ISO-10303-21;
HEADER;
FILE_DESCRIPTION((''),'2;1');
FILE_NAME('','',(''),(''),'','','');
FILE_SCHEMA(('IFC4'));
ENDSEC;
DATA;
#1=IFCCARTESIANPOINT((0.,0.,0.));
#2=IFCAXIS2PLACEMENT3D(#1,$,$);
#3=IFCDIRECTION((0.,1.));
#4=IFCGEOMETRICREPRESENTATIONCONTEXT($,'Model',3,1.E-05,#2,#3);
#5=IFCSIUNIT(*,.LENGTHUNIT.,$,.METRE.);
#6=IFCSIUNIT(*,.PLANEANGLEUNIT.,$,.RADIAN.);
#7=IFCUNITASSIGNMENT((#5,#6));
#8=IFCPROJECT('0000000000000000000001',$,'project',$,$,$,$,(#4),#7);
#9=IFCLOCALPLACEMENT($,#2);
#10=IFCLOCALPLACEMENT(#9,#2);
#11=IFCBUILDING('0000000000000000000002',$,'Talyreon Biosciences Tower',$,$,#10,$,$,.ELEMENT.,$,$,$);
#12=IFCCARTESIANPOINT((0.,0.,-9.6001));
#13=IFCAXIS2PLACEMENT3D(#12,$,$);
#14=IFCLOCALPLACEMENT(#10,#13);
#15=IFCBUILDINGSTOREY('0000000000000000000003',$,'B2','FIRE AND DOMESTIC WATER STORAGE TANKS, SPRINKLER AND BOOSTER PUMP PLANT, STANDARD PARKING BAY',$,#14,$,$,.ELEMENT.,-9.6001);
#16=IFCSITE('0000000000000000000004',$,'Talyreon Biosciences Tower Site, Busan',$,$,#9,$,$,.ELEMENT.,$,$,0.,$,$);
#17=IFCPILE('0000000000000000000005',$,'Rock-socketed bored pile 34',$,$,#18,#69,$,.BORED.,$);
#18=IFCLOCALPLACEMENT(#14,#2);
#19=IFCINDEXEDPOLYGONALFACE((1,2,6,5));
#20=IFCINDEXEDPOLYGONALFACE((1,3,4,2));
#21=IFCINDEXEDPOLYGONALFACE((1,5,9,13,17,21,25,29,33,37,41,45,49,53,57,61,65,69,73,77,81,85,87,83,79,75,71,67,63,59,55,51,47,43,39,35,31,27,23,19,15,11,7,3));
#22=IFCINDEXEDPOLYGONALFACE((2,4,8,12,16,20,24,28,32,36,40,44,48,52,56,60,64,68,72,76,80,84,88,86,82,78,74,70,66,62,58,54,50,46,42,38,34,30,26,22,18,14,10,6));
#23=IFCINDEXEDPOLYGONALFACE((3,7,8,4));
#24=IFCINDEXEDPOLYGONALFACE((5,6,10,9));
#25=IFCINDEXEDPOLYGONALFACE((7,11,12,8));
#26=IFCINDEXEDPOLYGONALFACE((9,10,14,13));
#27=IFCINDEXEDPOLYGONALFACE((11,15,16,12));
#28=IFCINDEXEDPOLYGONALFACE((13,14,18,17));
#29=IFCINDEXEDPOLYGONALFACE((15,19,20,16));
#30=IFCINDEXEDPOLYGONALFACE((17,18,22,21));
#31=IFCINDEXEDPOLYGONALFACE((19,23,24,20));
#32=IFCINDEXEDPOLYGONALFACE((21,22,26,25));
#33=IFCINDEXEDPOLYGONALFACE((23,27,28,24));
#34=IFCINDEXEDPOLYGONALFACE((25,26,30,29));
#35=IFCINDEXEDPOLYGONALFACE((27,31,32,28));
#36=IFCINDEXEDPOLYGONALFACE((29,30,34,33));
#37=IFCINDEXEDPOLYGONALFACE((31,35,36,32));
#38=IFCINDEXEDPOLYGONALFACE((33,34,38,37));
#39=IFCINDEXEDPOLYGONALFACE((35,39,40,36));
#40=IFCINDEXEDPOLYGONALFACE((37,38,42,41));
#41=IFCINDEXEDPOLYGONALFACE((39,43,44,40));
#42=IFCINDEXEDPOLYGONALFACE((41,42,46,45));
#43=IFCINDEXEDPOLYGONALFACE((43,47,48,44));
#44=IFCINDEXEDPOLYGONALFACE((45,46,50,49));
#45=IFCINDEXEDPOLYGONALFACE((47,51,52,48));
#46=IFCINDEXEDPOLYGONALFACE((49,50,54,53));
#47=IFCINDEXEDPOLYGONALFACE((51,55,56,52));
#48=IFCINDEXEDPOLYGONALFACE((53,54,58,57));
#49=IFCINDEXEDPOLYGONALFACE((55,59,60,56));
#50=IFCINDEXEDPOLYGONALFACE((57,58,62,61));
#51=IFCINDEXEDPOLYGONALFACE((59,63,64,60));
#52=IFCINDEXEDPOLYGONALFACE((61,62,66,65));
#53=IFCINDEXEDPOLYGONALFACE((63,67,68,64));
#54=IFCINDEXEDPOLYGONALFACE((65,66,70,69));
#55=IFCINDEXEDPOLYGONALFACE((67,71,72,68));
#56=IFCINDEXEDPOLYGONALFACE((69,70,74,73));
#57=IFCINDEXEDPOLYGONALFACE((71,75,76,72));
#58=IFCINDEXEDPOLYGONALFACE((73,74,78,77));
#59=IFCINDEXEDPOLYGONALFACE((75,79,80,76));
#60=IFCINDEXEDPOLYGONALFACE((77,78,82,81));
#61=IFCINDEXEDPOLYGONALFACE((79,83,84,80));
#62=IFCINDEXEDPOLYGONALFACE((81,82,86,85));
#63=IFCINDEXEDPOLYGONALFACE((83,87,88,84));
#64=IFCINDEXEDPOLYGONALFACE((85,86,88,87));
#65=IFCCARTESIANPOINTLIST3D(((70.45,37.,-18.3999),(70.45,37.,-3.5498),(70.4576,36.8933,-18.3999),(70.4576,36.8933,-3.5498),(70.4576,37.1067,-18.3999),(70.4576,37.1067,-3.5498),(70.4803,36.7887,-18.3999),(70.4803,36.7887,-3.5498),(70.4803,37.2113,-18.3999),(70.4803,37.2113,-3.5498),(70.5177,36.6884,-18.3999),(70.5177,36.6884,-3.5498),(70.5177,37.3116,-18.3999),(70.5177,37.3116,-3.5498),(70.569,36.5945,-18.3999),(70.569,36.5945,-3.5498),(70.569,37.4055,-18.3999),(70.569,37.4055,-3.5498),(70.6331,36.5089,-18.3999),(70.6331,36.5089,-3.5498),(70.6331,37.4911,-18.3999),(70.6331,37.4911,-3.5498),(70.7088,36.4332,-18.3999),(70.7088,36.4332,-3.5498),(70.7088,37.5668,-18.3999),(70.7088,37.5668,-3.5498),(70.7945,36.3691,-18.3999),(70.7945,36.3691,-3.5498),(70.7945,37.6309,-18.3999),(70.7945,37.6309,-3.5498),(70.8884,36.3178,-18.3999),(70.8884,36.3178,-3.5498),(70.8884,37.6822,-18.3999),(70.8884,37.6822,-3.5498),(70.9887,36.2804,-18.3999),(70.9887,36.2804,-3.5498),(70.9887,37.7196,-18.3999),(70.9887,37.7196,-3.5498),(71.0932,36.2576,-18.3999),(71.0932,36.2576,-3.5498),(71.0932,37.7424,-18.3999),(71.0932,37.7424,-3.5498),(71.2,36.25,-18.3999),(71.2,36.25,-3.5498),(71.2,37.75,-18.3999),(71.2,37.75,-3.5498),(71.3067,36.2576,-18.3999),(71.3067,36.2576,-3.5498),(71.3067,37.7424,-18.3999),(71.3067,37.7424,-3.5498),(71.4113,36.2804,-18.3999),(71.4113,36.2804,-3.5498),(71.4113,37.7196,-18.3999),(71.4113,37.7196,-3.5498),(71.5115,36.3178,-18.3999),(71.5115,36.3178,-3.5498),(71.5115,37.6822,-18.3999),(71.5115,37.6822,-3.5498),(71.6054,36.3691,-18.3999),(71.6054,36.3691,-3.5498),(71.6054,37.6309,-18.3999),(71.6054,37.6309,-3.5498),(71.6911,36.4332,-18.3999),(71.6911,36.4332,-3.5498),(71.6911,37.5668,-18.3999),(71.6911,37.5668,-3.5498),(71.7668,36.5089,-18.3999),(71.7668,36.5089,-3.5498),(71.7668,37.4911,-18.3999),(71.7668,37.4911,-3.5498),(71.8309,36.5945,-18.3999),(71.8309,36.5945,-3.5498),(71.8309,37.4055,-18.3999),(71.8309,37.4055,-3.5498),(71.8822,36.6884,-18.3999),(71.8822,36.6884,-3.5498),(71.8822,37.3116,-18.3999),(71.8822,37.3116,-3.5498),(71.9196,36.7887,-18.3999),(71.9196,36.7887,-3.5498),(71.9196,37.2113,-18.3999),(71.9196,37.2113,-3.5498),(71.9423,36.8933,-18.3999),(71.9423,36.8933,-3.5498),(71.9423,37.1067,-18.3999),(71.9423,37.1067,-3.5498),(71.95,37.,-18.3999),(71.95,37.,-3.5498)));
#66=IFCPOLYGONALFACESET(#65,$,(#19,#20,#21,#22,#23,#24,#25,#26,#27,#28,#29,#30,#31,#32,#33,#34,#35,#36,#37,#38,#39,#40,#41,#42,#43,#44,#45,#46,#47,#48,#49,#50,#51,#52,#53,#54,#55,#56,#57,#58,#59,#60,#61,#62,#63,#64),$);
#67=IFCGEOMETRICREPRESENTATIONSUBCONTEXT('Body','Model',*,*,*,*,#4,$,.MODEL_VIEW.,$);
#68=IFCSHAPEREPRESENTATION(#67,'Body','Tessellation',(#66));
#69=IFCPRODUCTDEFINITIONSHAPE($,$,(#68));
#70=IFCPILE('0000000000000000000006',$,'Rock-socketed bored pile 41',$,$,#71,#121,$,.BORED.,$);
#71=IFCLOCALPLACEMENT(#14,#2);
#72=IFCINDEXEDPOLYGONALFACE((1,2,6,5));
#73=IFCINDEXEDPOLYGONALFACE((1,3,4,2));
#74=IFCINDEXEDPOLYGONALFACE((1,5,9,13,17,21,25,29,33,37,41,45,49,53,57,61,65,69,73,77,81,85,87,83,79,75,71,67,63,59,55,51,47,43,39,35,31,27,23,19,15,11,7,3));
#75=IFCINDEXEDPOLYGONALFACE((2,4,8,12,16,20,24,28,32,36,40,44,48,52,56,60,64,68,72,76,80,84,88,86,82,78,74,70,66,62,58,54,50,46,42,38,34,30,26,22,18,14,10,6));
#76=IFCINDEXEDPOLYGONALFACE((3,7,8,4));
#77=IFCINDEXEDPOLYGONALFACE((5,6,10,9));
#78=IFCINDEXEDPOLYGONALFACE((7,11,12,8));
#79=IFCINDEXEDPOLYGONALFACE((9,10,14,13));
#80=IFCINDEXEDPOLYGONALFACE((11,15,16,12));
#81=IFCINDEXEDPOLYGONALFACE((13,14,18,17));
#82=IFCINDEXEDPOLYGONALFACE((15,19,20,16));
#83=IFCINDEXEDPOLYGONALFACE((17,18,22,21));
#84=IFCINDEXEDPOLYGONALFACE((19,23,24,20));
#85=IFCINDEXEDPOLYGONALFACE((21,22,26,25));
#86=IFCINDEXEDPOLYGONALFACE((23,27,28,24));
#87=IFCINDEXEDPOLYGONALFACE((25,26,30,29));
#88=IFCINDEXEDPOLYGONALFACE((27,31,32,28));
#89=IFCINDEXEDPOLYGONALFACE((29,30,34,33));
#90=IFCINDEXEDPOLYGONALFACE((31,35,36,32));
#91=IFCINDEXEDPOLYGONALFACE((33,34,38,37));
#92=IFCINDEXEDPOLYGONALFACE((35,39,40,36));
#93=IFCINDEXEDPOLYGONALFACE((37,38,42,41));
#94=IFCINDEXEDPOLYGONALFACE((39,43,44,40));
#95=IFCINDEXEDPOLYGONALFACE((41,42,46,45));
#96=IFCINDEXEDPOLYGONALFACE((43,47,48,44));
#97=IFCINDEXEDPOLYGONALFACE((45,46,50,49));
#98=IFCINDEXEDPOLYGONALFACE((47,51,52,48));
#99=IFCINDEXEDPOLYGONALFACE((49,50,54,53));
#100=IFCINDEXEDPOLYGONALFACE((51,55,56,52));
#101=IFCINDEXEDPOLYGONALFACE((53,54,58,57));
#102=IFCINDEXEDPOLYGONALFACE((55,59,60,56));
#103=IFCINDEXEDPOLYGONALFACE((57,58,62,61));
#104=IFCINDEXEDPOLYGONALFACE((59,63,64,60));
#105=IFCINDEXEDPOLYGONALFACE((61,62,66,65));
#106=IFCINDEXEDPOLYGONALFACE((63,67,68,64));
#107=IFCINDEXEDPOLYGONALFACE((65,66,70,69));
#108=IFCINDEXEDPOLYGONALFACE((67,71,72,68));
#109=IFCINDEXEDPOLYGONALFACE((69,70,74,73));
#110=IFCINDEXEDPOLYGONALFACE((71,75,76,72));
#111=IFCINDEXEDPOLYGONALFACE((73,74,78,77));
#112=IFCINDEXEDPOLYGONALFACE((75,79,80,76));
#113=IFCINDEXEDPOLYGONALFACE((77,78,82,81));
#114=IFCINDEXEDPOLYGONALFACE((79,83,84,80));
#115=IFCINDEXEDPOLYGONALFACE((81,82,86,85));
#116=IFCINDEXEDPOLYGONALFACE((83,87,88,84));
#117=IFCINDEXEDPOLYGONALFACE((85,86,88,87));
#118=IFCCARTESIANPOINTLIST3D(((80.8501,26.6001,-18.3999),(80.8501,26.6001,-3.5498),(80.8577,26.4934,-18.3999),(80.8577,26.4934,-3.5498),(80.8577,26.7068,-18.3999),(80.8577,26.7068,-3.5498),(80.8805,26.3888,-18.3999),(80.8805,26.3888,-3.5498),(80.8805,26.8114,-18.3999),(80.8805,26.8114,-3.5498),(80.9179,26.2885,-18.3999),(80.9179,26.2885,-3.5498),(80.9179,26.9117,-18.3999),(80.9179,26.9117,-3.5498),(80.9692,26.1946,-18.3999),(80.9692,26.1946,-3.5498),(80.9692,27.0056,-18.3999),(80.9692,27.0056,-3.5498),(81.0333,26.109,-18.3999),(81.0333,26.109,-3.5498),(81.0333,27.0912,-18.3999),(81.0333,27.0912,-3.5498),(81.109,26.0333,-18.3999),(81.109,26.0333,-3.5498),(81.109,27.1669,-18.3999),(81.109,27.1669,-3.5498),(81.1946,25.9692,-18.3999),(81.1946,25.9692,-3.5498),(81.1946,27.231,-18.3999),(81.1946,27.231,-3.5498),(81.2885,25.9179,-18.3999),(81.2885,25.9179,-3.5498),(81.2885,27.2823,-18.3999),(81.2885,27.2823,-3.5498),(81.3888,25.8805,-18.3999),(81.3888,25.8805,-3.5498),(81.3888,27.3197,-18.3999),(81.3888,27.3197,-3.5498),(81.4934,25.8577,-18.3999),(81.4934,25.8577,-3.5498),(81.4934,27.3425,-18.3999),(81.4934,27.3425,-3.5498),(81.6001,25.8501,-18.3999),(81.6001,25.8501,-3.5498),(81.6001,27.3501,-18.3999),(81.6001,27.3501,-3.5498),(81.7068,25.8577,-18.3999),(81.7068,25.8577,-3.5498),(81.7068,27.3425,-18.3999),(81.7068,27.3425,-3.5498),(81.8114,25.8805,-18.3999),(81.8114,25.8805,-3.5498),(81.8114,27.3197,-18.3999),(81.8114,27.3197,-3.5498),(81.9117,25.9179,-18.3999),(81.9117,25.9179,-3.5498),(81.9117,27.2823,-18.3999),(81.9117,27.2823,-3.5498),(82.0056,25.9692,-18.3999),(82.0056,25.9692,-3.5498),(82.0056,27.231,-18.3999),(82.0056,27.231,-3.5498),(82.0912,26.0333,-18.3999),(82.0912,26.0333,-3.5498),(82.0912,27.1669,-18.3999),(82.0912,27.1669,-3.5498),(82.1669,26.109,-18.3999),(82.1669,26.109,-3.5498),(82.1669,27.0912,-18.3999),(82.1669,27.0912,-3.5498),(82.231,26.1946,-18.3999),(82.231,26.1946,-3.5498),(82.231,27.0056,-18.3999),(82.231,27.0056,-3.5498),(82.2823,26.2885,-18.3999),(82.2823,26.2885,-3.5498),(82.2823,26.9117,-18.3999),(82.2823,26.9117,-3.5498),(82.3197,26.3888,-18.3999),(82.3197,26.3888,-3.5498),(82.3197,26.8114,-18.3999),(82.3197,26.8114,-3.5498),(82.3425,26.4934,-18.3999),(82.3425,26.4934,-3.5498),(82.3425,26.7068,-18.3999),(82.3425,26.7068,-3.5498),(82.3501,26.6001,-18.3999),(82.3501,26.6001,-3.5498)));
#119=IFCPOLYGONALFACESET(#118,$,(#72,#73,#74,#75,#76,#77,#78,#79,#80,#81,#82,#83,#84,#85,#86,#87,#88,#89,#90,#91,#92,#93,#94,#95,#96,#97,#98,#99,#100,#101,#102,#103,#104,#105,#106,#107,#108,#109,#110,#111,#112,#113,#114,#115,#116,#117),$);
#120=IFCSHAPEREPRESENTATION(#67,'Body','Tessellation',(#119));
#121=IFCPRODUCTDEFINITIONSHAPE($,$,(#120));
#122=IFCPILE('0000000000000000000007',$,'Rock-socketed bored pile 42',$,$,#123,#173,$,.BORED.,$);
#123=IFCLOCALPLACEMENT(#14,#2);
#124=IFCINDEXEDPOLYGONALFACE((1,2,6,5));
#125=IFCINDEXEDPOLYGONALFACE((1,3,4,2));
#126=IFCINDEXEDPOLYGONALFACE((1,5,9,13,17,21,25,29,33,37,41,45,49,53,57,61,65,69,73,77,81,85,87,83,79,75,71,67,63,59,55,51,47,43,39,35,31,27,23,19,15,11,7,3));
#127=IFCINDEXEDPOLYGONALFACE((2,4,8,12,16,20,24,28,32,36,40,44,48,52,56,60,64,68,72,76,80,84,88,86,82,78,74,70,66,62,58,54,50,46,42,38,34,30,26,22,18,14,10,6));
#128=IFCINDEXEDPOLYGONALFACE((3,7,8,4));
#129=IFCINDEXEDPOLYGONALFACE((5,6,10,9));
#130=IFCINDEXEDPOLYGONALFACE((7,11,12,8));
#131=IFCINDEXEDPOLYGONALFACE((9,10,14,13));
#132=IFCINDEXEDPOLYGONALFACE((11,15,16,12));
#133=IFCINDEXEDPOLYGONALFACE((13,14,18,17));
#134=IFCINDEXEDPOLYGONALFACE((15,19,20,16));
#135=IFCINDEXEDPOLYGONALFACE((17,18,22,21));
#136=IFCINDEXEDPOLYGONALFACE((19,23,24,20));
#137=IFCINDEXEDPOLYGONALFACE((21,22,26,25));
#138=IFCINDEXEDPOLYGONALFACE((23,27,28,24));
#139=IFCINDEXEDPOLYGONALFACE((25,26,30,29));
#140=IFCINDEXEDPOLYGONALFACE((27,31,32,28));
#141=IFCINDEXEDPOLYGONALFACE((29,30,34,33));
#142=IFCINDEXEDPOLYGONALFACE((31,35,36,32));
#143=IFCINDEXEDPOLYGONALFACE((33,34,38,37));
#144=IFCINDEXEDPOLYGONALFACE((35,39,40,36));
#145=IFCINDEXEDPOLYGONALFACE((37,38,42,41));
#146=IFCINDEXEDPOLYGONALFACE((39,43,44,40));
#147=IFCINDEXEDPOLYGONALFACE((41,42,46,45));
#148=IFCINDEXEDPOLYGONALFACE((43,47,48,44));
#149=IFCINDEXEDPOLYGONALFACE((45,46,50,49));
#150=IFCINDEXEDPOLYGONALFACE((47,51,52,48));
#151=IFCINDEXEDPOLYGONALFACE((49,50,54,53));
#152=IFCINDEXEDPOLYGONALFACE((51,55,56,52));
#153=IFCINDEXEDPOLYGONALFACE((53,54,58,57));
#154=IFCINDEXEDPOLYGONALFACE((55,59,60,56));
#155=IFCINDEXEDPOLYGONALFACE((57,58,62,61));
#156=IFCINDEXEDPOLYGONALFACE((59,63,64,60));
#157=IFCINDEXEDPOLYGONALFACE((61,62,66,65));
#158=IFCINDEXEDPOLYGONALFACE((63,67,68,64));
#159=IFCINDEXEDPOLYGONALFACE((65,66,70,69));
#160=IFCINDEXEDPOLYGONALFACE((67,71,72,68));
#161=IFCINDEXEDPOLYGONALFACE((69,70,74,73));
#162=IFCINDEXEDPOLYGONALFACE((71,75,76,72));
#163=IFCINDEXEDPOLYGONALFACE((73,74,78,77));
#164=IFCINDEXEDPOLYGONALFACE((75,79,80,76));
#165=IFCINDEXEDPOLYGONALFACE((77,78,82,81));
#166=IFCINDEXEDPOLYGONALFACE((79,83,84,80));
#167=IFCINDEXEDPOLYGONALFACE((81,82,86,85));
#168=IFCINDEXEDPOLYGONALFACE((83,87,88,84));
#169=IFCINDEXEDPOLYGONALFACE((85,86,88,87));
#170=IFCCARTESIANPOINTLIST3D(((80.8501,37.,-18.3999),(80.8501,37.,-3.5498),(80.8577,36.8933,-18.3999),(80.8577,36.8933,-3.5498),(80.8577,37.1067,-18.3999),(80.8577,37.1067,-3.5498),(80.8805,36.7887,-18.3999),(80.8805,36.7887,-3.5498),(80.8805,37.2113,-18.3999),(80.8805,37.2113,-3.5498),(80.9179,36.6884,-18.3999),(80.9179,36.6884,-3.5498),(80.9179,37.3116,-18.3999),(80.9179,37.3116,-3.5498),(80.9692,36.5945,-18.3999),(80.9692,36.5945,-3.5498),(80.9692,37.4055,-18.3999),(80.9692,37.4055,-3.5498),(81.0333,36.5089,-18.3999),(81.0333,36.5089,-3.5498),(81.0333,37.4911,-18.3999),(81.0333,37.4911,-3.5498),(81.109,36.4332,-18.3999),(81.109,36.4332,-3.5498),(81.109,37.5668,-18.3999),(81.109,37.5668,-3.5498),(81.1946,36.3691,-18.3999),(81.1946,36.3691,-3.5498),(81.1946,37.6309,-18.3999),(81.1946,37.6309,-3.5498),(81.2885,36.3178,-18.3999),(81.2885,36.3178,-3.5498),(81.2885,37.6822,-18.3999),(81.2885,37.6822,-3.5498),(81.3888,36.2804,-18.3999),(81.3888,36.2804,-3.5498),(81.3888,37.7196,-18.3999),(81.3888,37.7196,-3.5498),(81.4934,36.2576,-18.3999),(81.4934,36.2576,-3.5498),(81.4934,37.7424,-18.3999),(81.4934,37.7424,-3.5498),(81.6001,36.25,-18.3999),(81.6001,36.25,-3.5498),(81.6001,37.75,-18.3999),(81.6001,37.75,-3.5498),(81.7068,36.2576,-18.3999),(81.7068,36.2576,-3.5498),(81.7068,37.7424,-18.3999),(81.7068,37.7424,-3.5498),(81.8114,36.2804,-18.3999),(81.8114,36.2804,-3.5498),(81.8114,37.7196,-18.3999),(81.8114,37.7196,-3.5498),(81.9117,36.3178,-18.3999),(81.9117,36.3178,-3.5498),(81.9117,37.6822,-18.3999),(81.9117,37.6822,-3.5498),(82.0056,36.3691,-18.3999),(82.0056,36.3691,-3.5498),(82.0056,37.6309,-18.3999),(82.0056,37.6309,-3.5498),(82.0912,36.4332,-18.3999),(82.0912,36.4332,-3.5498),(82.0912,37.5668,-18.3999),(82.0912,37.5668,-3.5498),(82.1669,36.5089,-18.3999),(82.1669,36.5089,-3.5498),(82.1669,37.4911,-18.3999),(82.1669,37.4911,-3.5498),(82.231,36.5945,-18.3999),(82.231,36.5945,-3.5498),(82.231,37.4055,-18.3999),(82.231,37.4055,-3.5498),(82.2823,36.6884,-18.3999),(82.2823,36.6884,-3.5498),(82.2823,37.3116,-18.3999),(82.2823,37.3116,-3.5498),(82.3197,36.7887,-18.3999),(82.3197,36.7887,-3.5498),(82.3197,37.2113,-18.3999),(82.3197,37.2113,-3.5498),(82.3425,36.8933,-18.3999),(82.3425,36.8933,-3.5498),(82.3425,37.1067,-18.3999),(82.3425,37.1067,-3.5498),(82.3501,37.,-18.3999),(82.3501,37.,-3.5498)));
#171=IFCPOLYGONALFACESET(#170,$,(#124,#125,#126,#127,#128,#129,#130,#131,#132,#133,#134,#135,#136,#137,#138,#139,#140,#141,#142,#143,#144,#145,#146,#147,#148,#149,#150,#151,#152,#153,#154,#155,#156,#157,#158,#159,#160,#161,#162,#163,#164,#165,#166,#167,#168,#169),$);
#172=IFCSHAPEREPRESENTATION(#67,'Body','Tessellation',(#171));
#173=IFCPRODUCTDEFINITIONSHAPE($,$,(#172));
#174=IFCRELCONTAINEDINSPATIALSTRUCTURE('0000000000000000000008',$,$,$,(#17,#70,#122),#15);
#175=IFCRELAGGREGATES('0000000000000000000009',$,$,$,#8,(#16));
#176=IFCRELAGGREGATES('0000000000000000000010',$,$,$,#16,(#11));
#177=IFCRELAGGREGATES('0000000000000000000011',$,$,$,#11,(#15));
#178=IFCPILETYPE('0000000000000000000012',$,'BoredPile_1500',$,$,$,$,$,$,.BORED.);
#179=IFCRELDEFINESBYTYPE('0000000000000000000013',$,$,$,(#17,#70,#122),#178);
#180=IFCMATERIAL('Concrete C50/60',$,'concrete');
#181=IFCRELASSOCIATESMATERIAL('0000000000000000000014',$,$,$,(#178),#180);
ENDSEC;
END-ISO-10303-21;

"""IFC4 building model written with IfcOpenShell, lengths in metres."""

from ifc_helpers import new_model, si_unit, direction, frame, origin, origin_2d, place, context, subcontext, project, spatial, circle, extrude, material, material_profile, profile_set, type_object, element, save


model = new_model("IFC4")

# Units and contexts
model_context = context("Model", 3, precision=1e-05, world=origin(), true_north=direction((0.0, 1.0)))
body_context = subcontext(model_context, "Body", "Model", "MODEL_VIEW")
ifc_project = project(units=[si_unit("LENGTHUNIT", "METRE"), si_unit("PLANEANGLEUNIT", "RADIAN")], contexts=[model_context])

# Site, building, storey
site_placement = place(None, origin())
site = spatial("IfcSite", under=ifc_project, at=site_placement, Name="Talyreon Biosciences Tower Site, Busan", CompositionType="ELEMENT", RefElevation=0.0)
building_placement = place(site_placement, origin())
building = spatial("IfcBuilding", under=site, at=building_placement, Name="Talyreon Biosciences Tower", CompositionType="ELEMENT")
storey_placement = place(building_placement, frame((0.0, 0.0, -9.6001)))
storey = spatial("IfcBuildingStorey", under=building, at=storey_placement, Name="B2", Description="FIRE AND DOMESTIC WATER STORAGE TANKS, SPRINKLER AND BOOSTER PUMP PLANT, STANDARD PARKING BAY", CompositionType="ELEMENT", Elevation=-9.6001)

# Piles
ifc_material_1 = material(Name="Concrete C50/60", Category="concrete")
ifc_material_profile_1 = material_profile(ifc_material_1, circle(Radius=0.75, at=origin_2d()), Name="PILE D1500")
ifc_profile_set_1 = profile_set([ifc_material_profile_1], Name="Concrete C50/60")
pile_type_1 = type_object("IfcPileType", Name="BoredPile_1500", PredefinedType="BORED", material=ifc_profile_set_1)
for number, where, z_axis, x_axis, name in (
    (1, (71.2, 37.0, -3.5498), (0.0, 0.0, -1.0), (1.0, 0.0, 0.0), "Rock-socketed bored pile 34"),
    (2, (81.6001, 26.6001, -3.5498), (0.0, 0.0, -1.0), (1.0, 0.0, 0.0), "Rock-socketed bored pile 41"),
    (3, (81.6001, 37.0, -3.5498), (0.0, 0.0, -1.0), (1.0, 0.0, 0.0), "Rock-socketed bored pile 42"),
):
    element("IfcPile", number, at=place(storey_placement, frame(where, z_axis=z_axis, x_axis=x_axis)), inside=storey, type_object=pile_type_1, Name=name, PredefinedType="BORED", context=body_context, shape_type="SweptSolid", body=[
        extrude(circle(Radius=0.75, at=origin_2d()), origin(), (0.0, 0.0, 1.0), 14.8501),
    ])

save(model, "model.ifc")
